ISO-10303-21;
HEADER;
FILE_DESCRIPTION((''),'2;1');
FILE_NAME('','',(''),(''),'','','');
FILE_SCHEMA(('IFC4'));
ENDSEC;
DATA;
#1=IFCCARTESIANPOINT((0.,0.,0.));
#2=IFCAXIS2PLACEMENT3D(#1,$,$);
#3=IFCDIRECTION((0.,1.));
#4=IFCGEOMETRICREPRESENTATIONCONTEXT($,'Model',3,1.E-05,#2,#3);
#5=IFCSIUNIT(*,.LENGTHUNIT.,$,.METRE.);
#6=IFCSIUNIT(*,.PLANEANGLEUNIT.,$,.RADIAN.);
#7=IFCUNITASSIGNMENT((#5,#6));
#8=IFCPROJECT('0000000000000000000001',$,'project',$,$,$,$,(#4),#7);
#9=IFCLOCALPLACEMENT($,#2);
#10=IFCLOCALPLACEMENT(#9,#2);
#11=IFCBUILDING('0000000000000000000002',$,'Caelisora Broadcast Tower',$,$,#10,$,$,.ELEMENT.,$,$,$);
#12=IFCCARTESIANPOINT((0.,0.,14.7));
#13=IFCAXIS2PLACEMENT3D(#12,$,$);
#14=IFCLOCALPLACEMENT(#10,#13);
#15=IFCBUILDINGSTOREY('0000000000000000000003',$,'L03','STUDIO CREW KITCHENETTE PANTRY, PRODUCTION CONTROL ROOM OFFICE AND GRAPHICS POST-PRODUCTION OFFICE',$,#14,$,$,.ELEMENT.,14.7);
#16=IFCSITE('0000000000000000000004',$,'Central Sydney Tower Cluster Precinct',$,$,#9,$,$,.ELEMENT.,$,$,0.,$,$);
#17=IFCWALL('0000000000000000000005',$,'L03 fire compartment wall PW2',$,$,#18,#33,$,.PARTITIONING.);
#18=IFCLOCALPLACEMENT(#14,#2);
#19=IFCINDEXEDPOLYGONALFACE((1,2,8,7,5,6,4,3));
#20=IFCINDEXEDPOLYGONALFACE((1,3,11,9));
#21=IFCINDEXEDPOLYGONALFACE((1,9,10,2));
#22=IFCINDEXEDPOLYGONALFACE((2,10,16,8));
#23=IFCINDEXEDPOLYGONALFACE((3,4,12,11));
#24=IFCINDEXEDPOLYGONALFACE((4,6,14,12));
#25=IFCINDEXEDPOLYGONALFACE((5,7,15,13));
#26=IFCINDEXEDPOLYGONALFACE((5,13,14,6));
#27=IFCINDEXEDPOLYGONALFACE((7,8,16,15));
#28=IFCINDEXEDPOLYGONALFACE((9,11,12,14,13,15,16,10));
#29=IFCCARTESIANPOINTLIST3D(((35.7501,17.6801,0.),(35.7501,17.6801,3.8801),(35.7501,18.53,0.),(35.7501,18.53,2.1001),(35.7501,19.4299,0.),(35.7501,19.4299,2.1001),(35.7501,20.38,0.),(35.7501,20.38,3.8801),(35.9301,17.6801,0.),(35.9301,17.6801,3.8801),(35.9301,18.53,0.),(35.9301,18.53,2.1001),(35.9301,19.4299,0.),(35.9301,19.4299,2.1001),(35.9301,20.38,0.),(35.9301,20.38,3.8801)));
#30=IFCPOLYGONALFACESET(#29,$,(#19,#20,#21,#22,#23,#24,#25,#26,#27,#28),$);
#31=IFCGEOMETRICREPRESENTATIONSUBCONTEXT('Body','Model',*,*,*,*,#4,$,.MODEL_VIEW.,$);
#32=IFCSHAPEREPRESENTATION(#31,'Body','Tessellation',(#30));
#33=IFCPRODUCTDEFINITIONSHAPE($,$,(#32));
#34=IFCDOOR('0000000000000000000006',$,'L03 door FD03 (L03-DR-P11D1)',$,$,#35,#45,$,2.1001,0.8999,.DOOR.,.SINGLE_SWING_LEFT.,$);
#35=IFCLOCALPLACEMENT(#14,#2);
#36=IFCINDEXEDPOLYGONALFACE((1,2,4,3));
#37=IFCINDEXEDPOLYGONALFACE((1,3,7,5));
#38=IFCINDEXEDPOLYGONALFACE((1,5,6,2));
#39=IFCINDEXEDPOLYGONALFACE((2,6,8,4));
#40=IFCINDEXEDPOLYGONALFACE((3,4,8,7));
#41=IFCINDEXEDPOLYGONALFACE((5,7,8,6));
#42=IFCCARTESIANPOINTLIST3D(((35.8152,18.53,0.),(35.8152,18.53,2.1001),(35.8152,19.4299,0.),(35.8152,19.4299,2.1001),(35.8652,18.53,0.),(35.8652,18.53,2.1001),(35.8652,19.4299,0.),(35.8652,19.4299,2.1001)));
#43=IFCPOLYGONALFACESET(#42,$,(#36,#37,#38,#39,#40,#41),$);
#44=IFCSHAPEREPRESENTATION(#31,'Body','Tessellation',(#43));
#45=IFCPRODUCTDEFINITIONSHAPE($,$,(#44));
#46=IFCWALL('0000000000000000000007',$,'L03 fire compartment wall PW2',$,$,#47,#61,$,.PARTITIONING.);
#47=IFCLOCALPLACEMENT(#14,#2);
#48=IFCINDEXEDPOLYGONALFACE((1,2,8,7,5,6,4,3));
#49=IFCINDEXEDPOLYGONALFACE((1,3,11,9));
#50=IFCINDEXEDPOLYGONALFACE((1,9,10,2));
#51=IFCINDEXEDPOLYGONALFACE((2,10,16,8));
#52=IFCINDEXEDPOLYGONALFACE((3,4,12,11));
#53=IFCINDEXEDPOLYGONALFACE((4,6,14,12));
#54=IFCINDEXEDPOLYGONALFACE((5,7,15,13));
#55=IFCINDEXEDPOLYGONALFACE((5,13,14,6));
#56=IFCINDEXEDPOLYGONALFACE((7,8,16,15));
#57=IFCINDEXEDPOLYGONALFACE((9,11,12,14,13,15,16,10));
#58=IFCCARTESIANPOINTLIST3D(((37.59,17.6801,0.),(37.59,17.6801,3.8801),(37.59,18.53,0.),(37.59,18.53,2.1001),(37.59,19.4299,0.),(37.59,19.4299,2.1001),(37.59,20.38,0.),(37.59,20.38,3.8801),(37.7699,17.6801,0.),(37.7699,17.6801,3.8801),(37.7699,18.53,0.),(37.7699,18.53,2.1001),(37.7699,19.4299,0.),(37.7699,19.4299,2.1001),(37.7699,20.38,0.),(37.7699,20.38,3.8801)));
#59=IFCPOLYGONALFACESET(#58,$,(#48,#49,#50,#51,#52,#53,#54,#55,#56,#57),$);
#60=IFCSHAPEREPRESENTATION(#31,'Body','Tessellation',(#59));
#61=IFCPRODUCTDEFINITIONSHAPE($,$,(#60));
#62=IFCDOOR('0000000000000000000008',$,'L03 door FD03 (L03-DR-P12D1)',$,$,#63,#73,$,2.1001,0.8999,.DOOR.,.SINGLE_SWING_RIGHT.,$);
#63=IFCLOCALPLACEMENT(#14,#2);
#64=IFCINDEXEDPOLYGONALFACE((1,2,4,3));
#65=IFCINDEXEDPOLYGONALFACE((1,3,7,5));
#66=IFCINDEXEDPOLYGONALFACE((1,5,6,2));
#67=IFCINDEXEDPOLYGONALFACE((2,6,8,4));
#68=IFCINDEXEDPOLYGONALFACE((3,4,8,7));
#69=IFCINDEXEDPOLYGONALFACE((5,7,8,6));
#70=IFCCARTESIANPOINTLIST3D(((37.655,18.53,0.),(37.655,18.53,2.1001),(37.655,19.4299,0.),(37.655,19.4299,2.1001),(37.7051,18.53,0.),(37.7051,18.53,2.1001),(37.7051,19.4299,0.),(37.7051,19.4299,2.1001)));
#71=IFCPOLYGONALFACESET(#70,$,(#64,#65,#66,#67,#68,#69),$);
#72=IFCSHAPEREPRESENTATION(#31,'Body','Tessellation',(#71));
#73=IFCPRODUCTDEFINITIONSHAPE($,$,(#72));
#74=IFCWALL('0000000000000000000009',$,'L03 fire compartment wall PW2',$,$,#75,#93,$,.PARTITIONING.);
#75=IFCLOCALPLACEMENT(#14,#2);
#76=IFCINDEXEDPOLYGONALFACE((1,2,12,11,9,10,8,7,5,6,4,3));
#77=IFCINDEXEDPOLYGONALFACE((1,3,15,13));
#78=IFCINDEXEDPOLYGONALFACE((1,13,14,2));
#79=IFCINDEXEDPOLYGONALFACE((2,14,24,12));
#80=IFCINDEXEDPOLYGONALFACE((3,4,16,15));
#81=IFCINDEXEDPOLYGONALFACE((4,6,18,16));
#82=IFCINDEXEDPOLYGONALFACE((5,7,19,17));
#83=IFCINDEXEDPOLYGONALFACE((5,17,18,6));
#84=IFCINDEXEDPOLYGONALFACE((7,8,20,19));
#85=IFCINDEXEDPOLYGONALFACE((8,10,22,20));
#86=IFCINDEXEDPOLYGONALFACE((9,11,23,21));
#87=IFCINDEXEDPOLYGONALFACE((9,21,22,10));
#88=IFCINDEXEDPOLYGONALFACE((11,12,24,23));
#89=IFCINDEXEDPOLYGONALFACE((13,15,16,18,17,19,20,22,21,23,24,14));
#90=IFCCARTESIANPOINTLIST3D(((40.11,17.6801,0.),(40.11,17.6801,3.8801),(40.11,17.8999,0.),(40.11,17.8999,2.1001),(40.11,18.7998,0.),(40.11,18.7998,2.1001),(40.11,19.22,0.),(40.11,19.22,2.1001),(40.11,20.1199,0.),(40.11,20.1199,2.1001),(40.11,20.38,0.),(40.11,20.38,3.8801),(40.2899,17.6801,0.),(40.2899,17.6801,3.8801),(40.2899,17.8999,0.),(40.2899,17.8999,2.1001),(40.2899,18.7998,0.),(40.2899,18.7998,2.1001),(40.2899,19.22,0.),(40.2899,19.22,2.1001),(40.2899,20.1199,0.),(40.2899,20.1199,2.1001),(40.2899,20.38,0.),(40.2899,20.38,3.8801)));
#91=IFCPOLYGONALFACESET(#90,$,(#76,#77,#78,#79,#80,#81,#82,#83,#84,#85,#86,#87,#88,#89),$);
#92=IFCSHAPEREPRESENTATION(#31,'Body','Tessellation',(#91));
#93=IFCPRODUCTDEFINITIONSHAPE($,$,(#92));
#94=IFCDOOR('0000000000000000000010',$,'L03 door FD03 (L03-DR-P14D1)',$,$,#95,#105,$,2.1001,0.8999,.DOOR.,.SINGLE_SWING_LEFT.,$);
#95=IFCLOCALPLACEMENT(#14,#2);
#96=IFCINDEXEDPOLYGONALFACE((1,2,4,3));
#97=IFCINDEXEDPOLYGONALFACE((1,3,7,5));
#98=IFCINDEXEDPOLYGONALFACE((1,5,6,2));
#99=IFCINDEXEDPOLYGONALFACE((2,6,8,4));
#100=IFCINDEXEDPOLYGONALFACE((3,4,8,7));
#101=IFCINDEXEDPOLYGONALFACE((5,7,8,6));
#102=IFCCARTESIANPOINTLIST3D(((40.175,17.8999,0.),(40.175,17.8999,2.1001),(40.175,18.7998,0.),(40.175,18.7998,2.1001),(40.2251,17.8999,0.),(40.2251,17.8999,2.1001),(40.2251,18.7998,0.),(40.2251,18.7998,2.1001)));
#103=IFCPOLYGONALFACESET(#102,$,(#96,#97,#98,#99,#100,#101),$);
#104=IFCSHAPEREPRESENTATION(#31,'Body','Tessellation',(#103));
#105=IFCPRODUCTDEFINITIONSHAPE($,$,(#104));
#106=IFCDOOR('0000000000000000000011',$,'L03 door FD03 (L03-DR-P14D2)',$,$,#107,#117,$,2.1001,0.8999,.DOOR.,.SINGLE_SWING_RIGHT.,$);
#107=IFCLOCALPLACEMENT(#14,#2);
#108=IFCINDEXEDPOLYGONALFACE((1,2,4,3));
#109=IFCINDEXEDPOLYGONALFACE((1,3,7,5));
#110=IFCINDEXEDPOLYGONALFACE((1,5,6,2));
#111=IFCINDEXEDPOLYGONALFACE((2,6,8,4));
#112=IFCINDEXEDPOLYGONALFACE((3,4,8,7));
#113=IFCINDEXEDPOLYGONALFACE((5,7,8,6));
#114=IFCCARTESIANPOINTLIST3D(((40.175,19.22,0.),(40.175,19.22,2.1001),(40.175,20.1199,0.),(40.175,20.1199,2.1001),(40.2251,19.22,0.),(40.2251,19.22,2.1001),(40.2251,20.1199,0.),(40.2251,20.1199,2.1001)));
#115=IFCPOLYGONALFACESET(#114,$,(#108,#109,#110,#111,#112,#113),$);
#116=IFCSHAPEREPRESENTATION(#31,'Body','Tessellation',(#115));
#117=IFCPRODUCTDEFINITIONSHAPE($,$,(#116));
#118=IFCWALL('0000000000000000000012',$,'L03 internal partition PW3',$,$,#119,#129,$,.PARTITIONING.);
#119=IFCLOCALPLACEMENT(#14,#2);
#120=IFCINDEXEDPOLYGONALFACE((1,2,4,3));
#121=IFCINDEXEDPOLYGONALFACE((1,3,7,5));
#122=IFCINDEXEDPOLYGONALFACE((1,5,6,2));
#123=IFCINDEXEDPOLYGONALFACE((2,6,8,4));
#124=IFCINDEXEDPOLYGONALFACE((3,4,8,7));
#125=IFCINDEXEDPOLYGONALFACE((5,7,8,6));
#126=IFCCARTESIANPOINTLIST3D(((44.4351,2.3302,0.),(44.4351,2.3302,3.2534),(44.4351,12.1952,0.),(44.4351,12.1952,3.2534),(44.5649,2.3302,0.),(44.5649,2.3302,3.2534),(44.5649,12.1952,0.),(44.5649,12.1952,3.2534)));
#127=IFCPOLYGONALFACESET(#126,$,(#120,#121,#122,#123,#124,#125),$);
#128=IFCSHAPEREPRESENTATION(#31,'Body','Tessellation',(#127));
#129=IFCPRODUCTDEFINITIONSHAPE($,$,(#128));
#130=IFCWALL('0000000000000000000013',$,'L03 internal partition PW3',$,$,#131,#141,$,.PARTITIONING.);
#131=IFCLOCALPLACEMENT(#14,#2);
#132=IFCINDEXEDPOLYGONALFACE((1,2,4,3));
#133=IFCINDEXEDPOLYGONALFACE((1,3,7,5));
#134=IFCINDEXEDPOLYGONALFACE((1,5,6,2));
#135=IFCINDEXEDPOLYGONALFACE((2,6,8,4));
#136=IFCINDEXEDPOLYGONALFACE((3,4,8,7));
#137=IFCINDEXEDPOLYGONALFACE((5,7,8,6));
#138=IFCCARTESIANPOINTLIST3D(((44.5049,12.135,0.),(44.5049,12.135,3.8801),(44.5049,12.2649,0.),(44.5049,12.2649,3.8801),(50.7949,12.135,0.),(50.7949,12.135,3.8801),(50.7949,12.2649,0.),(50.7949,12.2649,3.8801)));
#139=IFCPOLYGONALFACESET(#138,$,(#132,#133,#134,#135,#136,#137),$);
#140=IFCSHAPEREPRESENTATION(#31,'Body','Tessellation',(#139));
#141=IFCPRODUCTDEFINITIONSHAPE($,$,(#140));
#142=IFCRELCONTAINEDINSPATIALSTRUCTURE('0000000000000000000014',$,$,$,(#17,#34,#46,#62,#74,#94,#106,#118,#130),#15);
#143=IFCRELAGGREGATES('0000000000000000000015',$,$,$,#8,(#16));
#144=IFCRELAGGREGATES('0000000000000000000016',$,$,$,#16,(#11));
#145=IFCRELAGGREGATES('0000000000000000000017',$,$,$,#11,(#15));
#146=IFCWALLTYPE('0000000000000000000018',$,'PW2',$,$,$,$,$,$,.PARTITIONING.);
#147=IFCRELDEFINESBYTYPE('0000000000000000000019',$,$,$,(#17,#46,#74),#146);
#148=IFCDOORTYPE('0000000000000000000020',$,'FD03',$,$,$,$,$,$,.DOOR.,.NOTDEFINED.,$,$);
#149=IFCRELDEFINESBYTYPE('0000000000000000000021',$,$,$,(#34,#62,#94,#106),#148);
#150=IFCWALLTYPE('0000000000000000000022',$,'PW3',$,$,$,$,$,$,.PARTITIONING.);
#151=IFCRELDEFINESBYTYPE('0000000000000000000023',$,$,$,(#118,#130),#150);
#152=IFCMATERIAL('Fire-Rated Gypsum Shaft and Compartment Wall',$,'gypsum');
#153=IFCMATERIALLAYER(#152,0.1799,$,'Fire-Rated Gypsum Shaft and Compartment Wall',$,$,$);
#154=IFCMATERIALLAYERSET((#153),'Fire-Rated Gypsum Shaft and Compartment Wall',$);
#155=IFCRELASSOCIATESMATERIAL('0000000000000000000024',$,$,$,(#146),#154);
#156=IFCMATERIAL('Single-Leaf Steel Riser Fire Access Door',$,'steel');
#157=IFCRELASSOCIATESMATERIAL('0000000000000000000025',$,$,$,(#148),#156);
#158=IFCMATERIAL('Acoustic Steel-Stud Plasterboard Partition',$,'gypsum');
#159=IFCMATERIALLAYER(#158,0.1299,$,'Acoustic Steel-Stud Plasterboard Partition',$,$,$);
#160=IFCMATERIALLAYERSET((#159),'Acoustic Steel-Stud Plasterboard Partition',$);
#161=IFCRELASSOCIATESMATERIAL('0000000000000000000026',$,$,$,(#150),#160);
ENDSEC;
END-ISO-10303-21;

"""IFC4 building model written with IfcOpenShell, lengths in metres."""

from ifc_helpers import new_model, si_unit, direction, frame, frame_2d, origin, place, context, subcontext, project, spatial, rectangle, extrude, material, layer, layer_set, type_object, element, fill, save


model = new_model("IFC4")

# Units and contexts
model_context = context("Model", 3, precision=1e-05, world=origin(), true_north=direction((0.0, 1.0)))
body_context = subcontext(model_context, "Body", "Model", "MODEL_VIEW")
ifc_project = project(units=[si_unit("LENGTHUNIT", "METRE"), si_unit("PLANEANGLEUNIT", "RADIAN")], contexts=[model_context])

# Site, building, storey
site_placement = place(None, origin())
site = spatial("IfcSite", under=ifc_project, at=site_placement, Name="Central Sydney Tower Cluster Precinct", CompositionType="ELEMENT", RefElevation=0.0)
building_placement = place(site_placement, origin())
building = spatial("IfcBuilding", under=site, at=building_placement, Name="Caelisora Broadcast Tower", CompositionType="ELEMENT")
storey_placement = place(building_placement, frame((0.0, 0.0, 14.7)))
storey = spatial("IfcBuildingStorey", under=building, at=storey_placement, Name="L03", Description="STUDIO CREW KITCHENETTE PANTRY, PRODUCTION CONTROL ROOM OFFICE AND GRAPHICS POST-PRODUCTION OFFICE", CompositionType="ELEMENT", Elevation=14.7)

# Walls, openings, doors
ifc_material_1 = material(Name="Fire-Rated Gypsum Shaft and Compartment Wall", Category="gypsum")
ifc_layer_1 = layer(ifc_material_1, 0.1799, Name="Fire-Rated Gypsum Shaft and Compartment Wall")
ifc_layer_set_1 = layer_set([ifc_layer_1], Name="Fire-Rated Gypsum Shaft and Compartment Wall")
wall_type_1 = type_object("IfcWallType", Name="PW2", PredefinedType="PARTITIONING", material=ifc_layer_set_1)
wall_1_placement = place(storey_placement, frame((35.8401, 17.6799, 0.0), z_axis=(0.0, 0.0, 1.0), x_axis=(0.0, 1.0, 0.0)))
wall_1 = element("IfcWall", 1, at=wall_1_placement, inside=storey, type_object=wall_type_1, Name="L03 fire compartment wall PW2", PredefinedType="PARTITIONING", context=body_context, shape_type="SweptSolid", body=[
    extrude(rectangle(XDim=2.7, YDim=0.1799, at=frame_2d((1.3501, 0.0))), origin(), (0.0, 0.0, 1.0), 3.8801),
])
opening_1_placement = place(wall_1_placement, frame((0.8501, 0.0, 0.0)))
opening_1 = element("IfcOpeningElement", 2, at=opening_1_placement, cuts=wall_1, PredefinedType="OPENING", context=body_context, shape_type="SweptSolid", body=[
    extrude(rectangle(XDim=0.8999, YDim=2.1001, at=frame_2d((0.45, 1.05))), frame((0.0, 0.1021, 0.0), z_axis=(0.0, -1.0, 0.0), x_axis=(1.0, 0.0, 0.0)), (0.0, 0.0, 1.0), 0.2039),
])
ifc_material_2 = material(Name="Single-Leaf Steel Riser Fire Access Door", Category="steel")
door_type_1 = type_object("IfcDoorType", Name="FD03", OperationType="NOTDEFINED", PredefinedType="DOOR", material=ifc_material_2)
door_1_placement = place(opening_1_placement, origin())
door_1 = element("IfcDoor", 3, at=door_1_placement, inside=storey, type_object=door_type_1, Name="L03 door FD03 (L03-DR-P11D1)", OperationType="SINGLE_SWING_LEFT", OverallHeight=2.1001, OverallWidth=0.8999, PredefinedType="DOOR", context=body_context, shape_type="SweptSolid", body=[
    extrude(rectangle(XDim=0.8999, YDim=2.1001, at=frame_2d((0.45, 1.05))), frame((0.0, 0.0249, 0.0), z_axis=(0.0, -1.0, 0.0), x_axis=(1.0, 0.0, 0.0)), (0.0, 0.0, 1.0), 0.05),
])
fill(opening_1, door_1)
wall_2_placement = place(storey_placement, frame((37.6799, 17.6799, 0.0), z_axis=(0.0, 0.0, 1.0), x_axis=(0.0, 1.0, 0.0)))
wall_2 = element("IfcWall", 4, at=wall_2_placement, inside=storey, type_object=wall_type_1, Name="L03 fire compartment wall PW2", PredefinedType="PARTITIONING", context=body_context, shape_type="SweptSolid", body=[
    extrude(rectangle(XDim=2.7, YDim=0.1799, at=frame_2d((1.3501, 0.0))), origin(), (0.0, 0.0, 1.0), 3.8801),
])
opening_2_placement = place(wall_2_placement, frame((0.8501, 0.0, 0.0)))
opening_2 = element("IfcOpeningElement", 5, at=opening_2_placement, cuts=wall_2, PredefinedType="OPENING", context=body_context, shape_type="SweptSolid", body=[
    extrude(rectangle(XDim=0.8999, YDim=2.1001, at=frame_2d((0.45, 1.05))), frame((0.0, 0.1021, 0.0), z_axis=(0.0, -1.0, 0.0), x_axis=(1.0, 0.0, 0.0)), (0.0, 0.0, 1.0), 0.2039),
])
door_2_placement = place(opening_2_placement, origin())
door_2 = element("IfcDoor", 6, at=door_2_placement, inside=storey, type_object=door_type_1, Name="L03 door FD03 (L03-DR-P12D1)", OperationType="SINGLE_SWING_RIGHT", OverallHeight=2.1001, OverallWidth=0.8999, PredefinedType="DOOR", context=body_context, shape_type="SweptSolid", body=[
    extrude(rectangle(XDim=0.8999, YDim=2.1001, at=frame_2d((0.45, 1.05))), frame((0.0, 0.0249, 0.0), z_axis=(0.0, -1.0, 0.0), x_axis=(1.0, 0.0, 0.0)), (0.0, 0.0, 1.0), 0.05),
])
fill(opening_2, door_2)

# Wall, openings, doors
wall_3_placement = place(storey_placement, frame((40.2, 17.6799, 0.0), z_axis=(0.0, 0.0, 1.0), x_axis=(0.0, 1.0, 0.0)))
wall_3 = element("IfcWall", 7, at=wall_3_placement, inside=storey, type_object=wall_type_1, Name="L03 fire compartment wall PW2", PredefinedType="PARTITIONING", context=body_context, shape_type="SweptSolid", body=[
    extrude(rectangle(XDim=2.7, YDim=0.1799, at=frame_2d((1.3501, 0.0))), origin(), (0.0, 0.0, 1.0), 3.8801),
])
opening_3_placement = place(wall_3_placement, frame((0.22, 0.0, 0.0)))
opening_3 = element("IfcOpeningElement", 8, at=opening_3_placement, cuts=wall_3, PredefinedType="OPENING", context=body_context, shape_type="SweptSolid", body=[
    extrude(rectangle(XDim=0.8999, YDim=2.1001, at=frame_2d((0.45, 1.05))), frame((0.0, 0.1021, 0.0), z_axis=(0.0, -1.0, 0.0), x_axis=(1.0, 0.0, 0.0)), (0.0, 0.0, 1.0), 0.2039),
])
opening_4_placement = place(wall_3_placement, frame((1.54, 0.0, 0.0)))
opening_4 = element("IfcOpeningElement", 9, at=opening_4_placement, cuts=wall_3, PredefinedType="OPENING", context=body_context, shape_type="SweptSolid", body=[
    extrude(rectangle(XDim=0.8999, YDim=2.1001, at=frame_2d((0.45, 1.05))), frame((0.0, 0.1021, 0.0), z_axis=(0.0, -1.0, 0.0), x_axis=(1.0, 0.0, 0.0)), (0.0, 0.0, 1.0), 0.2039),
])
door_3_placement = place(opening_3_placement, origin())
door_3 = element("IfcDoor", 10, at=door_3_placement, inside=storey, type_object=door_type_1, Name="L03 door FD03 (L03-DR-P14D1)", OperationType="SINGLE_SWING_LEFT", OverallHeight=2.1001, OverallWidth=0.8999, PredefinedType="DOOR", context=body_context, shape_type="SweptSolid", body=[
    extrude(rectangle(XDim=0.8999, YDim=2.1001, at=frame_2d((0.45, 1.05))), frame((0.0, 0.0249, 0.0), z_axis=(0.0, -1.0, 0.0), x_axis=(1.0, 0.0, 0.0)), (0.0, 0.0, 1.0), 0.05),
])
fill(opening_3, door_3)
door_4_placement = place(opening_4_placement, origin())
door_4 = element("IfcDoor", 11, at=door_4_placement, inside=storey, type_object=door_type_1, Name="L03 door FD03 (L03-DR-P14D2)", OperationType="SINGLE_SWING_RIGHT", OverallHeight=2.1001, OverallWidth=0.8999, PredefinedType="DOOR", context=body_context, shape_type="SweptSolid", body=[
    extrude(rectangle(XDim=0.8999, YDim=2.1001, at=frame_2d((0.45, 1.05))), frame((0.0, 0.0249, 0.0), z_axis=(0.0, -1.0, 0.0), x_axis=(1.0, 0.0, 0.0)), (0.0, 0.0, 1.0), 0.05),
])
fill(opening_4, door_4)

# Walls
ifc_material_3 = material(Name="Acoustic Steel-Stud Plasterboard Partition", Category="gypsum")
ifc_layer_2 = layer(ifc_material_3, 0.1299, Name="Acoustic Steel-Stud Plasterboard Partition")
ifc_layer_set_2 = layer_set([ifc_layer_2], Name="Acoustic Steel-Stud Plasterboard Partition")
wall_type_2 = type_object("IfcWallType", Name="PW3", PredefinedType="PARTITIONING", material=ifc_layer_set_2)
wall_4_placement = place(storey_placement, frame((44.5, 2.3301, 0.0), z_axis=(0.0, 0.0, 1.0), x_axis=(0.0, 1.0, 0.0)))
element("IfcWall", 12, at=wall_4_placement, inside=storey, type_object=wall_type_2, Name="L03 internal partition PW3", PredefinedType="PARTITIONING", context=body_context, shape_type="SweptSolid", body=[
    extrude(rectangle(XDim=9.865, YDim=0.1299, at=frame_2d((4.9326, 0.0))), origin(), (0.0, 0.0, 1.0), 3.2534),
])
wall_5_placement = place(storey_placement, frame((44.5049, 12.2, 0.0), z_axis=(0.0, 0.0, 1.0), x_axis=(1.0, 0.0, 0.0)))
element("IfcWall", 13, at=wall_5_placement, inside=storey, type_object=wall_type_2, Name="L03 internal partition PW3", PredefinedType="PARTITIONING", context=body_context, shape_type="SweptSolid", body=[
    extrude(rectangle(XDim=6.29, YDim=0.1299, at=frame_2d((3.145, 0.0))), origin(), (0.0, 0.0, 1.0), 3.8801),
])

save(model, "model.ifc")
